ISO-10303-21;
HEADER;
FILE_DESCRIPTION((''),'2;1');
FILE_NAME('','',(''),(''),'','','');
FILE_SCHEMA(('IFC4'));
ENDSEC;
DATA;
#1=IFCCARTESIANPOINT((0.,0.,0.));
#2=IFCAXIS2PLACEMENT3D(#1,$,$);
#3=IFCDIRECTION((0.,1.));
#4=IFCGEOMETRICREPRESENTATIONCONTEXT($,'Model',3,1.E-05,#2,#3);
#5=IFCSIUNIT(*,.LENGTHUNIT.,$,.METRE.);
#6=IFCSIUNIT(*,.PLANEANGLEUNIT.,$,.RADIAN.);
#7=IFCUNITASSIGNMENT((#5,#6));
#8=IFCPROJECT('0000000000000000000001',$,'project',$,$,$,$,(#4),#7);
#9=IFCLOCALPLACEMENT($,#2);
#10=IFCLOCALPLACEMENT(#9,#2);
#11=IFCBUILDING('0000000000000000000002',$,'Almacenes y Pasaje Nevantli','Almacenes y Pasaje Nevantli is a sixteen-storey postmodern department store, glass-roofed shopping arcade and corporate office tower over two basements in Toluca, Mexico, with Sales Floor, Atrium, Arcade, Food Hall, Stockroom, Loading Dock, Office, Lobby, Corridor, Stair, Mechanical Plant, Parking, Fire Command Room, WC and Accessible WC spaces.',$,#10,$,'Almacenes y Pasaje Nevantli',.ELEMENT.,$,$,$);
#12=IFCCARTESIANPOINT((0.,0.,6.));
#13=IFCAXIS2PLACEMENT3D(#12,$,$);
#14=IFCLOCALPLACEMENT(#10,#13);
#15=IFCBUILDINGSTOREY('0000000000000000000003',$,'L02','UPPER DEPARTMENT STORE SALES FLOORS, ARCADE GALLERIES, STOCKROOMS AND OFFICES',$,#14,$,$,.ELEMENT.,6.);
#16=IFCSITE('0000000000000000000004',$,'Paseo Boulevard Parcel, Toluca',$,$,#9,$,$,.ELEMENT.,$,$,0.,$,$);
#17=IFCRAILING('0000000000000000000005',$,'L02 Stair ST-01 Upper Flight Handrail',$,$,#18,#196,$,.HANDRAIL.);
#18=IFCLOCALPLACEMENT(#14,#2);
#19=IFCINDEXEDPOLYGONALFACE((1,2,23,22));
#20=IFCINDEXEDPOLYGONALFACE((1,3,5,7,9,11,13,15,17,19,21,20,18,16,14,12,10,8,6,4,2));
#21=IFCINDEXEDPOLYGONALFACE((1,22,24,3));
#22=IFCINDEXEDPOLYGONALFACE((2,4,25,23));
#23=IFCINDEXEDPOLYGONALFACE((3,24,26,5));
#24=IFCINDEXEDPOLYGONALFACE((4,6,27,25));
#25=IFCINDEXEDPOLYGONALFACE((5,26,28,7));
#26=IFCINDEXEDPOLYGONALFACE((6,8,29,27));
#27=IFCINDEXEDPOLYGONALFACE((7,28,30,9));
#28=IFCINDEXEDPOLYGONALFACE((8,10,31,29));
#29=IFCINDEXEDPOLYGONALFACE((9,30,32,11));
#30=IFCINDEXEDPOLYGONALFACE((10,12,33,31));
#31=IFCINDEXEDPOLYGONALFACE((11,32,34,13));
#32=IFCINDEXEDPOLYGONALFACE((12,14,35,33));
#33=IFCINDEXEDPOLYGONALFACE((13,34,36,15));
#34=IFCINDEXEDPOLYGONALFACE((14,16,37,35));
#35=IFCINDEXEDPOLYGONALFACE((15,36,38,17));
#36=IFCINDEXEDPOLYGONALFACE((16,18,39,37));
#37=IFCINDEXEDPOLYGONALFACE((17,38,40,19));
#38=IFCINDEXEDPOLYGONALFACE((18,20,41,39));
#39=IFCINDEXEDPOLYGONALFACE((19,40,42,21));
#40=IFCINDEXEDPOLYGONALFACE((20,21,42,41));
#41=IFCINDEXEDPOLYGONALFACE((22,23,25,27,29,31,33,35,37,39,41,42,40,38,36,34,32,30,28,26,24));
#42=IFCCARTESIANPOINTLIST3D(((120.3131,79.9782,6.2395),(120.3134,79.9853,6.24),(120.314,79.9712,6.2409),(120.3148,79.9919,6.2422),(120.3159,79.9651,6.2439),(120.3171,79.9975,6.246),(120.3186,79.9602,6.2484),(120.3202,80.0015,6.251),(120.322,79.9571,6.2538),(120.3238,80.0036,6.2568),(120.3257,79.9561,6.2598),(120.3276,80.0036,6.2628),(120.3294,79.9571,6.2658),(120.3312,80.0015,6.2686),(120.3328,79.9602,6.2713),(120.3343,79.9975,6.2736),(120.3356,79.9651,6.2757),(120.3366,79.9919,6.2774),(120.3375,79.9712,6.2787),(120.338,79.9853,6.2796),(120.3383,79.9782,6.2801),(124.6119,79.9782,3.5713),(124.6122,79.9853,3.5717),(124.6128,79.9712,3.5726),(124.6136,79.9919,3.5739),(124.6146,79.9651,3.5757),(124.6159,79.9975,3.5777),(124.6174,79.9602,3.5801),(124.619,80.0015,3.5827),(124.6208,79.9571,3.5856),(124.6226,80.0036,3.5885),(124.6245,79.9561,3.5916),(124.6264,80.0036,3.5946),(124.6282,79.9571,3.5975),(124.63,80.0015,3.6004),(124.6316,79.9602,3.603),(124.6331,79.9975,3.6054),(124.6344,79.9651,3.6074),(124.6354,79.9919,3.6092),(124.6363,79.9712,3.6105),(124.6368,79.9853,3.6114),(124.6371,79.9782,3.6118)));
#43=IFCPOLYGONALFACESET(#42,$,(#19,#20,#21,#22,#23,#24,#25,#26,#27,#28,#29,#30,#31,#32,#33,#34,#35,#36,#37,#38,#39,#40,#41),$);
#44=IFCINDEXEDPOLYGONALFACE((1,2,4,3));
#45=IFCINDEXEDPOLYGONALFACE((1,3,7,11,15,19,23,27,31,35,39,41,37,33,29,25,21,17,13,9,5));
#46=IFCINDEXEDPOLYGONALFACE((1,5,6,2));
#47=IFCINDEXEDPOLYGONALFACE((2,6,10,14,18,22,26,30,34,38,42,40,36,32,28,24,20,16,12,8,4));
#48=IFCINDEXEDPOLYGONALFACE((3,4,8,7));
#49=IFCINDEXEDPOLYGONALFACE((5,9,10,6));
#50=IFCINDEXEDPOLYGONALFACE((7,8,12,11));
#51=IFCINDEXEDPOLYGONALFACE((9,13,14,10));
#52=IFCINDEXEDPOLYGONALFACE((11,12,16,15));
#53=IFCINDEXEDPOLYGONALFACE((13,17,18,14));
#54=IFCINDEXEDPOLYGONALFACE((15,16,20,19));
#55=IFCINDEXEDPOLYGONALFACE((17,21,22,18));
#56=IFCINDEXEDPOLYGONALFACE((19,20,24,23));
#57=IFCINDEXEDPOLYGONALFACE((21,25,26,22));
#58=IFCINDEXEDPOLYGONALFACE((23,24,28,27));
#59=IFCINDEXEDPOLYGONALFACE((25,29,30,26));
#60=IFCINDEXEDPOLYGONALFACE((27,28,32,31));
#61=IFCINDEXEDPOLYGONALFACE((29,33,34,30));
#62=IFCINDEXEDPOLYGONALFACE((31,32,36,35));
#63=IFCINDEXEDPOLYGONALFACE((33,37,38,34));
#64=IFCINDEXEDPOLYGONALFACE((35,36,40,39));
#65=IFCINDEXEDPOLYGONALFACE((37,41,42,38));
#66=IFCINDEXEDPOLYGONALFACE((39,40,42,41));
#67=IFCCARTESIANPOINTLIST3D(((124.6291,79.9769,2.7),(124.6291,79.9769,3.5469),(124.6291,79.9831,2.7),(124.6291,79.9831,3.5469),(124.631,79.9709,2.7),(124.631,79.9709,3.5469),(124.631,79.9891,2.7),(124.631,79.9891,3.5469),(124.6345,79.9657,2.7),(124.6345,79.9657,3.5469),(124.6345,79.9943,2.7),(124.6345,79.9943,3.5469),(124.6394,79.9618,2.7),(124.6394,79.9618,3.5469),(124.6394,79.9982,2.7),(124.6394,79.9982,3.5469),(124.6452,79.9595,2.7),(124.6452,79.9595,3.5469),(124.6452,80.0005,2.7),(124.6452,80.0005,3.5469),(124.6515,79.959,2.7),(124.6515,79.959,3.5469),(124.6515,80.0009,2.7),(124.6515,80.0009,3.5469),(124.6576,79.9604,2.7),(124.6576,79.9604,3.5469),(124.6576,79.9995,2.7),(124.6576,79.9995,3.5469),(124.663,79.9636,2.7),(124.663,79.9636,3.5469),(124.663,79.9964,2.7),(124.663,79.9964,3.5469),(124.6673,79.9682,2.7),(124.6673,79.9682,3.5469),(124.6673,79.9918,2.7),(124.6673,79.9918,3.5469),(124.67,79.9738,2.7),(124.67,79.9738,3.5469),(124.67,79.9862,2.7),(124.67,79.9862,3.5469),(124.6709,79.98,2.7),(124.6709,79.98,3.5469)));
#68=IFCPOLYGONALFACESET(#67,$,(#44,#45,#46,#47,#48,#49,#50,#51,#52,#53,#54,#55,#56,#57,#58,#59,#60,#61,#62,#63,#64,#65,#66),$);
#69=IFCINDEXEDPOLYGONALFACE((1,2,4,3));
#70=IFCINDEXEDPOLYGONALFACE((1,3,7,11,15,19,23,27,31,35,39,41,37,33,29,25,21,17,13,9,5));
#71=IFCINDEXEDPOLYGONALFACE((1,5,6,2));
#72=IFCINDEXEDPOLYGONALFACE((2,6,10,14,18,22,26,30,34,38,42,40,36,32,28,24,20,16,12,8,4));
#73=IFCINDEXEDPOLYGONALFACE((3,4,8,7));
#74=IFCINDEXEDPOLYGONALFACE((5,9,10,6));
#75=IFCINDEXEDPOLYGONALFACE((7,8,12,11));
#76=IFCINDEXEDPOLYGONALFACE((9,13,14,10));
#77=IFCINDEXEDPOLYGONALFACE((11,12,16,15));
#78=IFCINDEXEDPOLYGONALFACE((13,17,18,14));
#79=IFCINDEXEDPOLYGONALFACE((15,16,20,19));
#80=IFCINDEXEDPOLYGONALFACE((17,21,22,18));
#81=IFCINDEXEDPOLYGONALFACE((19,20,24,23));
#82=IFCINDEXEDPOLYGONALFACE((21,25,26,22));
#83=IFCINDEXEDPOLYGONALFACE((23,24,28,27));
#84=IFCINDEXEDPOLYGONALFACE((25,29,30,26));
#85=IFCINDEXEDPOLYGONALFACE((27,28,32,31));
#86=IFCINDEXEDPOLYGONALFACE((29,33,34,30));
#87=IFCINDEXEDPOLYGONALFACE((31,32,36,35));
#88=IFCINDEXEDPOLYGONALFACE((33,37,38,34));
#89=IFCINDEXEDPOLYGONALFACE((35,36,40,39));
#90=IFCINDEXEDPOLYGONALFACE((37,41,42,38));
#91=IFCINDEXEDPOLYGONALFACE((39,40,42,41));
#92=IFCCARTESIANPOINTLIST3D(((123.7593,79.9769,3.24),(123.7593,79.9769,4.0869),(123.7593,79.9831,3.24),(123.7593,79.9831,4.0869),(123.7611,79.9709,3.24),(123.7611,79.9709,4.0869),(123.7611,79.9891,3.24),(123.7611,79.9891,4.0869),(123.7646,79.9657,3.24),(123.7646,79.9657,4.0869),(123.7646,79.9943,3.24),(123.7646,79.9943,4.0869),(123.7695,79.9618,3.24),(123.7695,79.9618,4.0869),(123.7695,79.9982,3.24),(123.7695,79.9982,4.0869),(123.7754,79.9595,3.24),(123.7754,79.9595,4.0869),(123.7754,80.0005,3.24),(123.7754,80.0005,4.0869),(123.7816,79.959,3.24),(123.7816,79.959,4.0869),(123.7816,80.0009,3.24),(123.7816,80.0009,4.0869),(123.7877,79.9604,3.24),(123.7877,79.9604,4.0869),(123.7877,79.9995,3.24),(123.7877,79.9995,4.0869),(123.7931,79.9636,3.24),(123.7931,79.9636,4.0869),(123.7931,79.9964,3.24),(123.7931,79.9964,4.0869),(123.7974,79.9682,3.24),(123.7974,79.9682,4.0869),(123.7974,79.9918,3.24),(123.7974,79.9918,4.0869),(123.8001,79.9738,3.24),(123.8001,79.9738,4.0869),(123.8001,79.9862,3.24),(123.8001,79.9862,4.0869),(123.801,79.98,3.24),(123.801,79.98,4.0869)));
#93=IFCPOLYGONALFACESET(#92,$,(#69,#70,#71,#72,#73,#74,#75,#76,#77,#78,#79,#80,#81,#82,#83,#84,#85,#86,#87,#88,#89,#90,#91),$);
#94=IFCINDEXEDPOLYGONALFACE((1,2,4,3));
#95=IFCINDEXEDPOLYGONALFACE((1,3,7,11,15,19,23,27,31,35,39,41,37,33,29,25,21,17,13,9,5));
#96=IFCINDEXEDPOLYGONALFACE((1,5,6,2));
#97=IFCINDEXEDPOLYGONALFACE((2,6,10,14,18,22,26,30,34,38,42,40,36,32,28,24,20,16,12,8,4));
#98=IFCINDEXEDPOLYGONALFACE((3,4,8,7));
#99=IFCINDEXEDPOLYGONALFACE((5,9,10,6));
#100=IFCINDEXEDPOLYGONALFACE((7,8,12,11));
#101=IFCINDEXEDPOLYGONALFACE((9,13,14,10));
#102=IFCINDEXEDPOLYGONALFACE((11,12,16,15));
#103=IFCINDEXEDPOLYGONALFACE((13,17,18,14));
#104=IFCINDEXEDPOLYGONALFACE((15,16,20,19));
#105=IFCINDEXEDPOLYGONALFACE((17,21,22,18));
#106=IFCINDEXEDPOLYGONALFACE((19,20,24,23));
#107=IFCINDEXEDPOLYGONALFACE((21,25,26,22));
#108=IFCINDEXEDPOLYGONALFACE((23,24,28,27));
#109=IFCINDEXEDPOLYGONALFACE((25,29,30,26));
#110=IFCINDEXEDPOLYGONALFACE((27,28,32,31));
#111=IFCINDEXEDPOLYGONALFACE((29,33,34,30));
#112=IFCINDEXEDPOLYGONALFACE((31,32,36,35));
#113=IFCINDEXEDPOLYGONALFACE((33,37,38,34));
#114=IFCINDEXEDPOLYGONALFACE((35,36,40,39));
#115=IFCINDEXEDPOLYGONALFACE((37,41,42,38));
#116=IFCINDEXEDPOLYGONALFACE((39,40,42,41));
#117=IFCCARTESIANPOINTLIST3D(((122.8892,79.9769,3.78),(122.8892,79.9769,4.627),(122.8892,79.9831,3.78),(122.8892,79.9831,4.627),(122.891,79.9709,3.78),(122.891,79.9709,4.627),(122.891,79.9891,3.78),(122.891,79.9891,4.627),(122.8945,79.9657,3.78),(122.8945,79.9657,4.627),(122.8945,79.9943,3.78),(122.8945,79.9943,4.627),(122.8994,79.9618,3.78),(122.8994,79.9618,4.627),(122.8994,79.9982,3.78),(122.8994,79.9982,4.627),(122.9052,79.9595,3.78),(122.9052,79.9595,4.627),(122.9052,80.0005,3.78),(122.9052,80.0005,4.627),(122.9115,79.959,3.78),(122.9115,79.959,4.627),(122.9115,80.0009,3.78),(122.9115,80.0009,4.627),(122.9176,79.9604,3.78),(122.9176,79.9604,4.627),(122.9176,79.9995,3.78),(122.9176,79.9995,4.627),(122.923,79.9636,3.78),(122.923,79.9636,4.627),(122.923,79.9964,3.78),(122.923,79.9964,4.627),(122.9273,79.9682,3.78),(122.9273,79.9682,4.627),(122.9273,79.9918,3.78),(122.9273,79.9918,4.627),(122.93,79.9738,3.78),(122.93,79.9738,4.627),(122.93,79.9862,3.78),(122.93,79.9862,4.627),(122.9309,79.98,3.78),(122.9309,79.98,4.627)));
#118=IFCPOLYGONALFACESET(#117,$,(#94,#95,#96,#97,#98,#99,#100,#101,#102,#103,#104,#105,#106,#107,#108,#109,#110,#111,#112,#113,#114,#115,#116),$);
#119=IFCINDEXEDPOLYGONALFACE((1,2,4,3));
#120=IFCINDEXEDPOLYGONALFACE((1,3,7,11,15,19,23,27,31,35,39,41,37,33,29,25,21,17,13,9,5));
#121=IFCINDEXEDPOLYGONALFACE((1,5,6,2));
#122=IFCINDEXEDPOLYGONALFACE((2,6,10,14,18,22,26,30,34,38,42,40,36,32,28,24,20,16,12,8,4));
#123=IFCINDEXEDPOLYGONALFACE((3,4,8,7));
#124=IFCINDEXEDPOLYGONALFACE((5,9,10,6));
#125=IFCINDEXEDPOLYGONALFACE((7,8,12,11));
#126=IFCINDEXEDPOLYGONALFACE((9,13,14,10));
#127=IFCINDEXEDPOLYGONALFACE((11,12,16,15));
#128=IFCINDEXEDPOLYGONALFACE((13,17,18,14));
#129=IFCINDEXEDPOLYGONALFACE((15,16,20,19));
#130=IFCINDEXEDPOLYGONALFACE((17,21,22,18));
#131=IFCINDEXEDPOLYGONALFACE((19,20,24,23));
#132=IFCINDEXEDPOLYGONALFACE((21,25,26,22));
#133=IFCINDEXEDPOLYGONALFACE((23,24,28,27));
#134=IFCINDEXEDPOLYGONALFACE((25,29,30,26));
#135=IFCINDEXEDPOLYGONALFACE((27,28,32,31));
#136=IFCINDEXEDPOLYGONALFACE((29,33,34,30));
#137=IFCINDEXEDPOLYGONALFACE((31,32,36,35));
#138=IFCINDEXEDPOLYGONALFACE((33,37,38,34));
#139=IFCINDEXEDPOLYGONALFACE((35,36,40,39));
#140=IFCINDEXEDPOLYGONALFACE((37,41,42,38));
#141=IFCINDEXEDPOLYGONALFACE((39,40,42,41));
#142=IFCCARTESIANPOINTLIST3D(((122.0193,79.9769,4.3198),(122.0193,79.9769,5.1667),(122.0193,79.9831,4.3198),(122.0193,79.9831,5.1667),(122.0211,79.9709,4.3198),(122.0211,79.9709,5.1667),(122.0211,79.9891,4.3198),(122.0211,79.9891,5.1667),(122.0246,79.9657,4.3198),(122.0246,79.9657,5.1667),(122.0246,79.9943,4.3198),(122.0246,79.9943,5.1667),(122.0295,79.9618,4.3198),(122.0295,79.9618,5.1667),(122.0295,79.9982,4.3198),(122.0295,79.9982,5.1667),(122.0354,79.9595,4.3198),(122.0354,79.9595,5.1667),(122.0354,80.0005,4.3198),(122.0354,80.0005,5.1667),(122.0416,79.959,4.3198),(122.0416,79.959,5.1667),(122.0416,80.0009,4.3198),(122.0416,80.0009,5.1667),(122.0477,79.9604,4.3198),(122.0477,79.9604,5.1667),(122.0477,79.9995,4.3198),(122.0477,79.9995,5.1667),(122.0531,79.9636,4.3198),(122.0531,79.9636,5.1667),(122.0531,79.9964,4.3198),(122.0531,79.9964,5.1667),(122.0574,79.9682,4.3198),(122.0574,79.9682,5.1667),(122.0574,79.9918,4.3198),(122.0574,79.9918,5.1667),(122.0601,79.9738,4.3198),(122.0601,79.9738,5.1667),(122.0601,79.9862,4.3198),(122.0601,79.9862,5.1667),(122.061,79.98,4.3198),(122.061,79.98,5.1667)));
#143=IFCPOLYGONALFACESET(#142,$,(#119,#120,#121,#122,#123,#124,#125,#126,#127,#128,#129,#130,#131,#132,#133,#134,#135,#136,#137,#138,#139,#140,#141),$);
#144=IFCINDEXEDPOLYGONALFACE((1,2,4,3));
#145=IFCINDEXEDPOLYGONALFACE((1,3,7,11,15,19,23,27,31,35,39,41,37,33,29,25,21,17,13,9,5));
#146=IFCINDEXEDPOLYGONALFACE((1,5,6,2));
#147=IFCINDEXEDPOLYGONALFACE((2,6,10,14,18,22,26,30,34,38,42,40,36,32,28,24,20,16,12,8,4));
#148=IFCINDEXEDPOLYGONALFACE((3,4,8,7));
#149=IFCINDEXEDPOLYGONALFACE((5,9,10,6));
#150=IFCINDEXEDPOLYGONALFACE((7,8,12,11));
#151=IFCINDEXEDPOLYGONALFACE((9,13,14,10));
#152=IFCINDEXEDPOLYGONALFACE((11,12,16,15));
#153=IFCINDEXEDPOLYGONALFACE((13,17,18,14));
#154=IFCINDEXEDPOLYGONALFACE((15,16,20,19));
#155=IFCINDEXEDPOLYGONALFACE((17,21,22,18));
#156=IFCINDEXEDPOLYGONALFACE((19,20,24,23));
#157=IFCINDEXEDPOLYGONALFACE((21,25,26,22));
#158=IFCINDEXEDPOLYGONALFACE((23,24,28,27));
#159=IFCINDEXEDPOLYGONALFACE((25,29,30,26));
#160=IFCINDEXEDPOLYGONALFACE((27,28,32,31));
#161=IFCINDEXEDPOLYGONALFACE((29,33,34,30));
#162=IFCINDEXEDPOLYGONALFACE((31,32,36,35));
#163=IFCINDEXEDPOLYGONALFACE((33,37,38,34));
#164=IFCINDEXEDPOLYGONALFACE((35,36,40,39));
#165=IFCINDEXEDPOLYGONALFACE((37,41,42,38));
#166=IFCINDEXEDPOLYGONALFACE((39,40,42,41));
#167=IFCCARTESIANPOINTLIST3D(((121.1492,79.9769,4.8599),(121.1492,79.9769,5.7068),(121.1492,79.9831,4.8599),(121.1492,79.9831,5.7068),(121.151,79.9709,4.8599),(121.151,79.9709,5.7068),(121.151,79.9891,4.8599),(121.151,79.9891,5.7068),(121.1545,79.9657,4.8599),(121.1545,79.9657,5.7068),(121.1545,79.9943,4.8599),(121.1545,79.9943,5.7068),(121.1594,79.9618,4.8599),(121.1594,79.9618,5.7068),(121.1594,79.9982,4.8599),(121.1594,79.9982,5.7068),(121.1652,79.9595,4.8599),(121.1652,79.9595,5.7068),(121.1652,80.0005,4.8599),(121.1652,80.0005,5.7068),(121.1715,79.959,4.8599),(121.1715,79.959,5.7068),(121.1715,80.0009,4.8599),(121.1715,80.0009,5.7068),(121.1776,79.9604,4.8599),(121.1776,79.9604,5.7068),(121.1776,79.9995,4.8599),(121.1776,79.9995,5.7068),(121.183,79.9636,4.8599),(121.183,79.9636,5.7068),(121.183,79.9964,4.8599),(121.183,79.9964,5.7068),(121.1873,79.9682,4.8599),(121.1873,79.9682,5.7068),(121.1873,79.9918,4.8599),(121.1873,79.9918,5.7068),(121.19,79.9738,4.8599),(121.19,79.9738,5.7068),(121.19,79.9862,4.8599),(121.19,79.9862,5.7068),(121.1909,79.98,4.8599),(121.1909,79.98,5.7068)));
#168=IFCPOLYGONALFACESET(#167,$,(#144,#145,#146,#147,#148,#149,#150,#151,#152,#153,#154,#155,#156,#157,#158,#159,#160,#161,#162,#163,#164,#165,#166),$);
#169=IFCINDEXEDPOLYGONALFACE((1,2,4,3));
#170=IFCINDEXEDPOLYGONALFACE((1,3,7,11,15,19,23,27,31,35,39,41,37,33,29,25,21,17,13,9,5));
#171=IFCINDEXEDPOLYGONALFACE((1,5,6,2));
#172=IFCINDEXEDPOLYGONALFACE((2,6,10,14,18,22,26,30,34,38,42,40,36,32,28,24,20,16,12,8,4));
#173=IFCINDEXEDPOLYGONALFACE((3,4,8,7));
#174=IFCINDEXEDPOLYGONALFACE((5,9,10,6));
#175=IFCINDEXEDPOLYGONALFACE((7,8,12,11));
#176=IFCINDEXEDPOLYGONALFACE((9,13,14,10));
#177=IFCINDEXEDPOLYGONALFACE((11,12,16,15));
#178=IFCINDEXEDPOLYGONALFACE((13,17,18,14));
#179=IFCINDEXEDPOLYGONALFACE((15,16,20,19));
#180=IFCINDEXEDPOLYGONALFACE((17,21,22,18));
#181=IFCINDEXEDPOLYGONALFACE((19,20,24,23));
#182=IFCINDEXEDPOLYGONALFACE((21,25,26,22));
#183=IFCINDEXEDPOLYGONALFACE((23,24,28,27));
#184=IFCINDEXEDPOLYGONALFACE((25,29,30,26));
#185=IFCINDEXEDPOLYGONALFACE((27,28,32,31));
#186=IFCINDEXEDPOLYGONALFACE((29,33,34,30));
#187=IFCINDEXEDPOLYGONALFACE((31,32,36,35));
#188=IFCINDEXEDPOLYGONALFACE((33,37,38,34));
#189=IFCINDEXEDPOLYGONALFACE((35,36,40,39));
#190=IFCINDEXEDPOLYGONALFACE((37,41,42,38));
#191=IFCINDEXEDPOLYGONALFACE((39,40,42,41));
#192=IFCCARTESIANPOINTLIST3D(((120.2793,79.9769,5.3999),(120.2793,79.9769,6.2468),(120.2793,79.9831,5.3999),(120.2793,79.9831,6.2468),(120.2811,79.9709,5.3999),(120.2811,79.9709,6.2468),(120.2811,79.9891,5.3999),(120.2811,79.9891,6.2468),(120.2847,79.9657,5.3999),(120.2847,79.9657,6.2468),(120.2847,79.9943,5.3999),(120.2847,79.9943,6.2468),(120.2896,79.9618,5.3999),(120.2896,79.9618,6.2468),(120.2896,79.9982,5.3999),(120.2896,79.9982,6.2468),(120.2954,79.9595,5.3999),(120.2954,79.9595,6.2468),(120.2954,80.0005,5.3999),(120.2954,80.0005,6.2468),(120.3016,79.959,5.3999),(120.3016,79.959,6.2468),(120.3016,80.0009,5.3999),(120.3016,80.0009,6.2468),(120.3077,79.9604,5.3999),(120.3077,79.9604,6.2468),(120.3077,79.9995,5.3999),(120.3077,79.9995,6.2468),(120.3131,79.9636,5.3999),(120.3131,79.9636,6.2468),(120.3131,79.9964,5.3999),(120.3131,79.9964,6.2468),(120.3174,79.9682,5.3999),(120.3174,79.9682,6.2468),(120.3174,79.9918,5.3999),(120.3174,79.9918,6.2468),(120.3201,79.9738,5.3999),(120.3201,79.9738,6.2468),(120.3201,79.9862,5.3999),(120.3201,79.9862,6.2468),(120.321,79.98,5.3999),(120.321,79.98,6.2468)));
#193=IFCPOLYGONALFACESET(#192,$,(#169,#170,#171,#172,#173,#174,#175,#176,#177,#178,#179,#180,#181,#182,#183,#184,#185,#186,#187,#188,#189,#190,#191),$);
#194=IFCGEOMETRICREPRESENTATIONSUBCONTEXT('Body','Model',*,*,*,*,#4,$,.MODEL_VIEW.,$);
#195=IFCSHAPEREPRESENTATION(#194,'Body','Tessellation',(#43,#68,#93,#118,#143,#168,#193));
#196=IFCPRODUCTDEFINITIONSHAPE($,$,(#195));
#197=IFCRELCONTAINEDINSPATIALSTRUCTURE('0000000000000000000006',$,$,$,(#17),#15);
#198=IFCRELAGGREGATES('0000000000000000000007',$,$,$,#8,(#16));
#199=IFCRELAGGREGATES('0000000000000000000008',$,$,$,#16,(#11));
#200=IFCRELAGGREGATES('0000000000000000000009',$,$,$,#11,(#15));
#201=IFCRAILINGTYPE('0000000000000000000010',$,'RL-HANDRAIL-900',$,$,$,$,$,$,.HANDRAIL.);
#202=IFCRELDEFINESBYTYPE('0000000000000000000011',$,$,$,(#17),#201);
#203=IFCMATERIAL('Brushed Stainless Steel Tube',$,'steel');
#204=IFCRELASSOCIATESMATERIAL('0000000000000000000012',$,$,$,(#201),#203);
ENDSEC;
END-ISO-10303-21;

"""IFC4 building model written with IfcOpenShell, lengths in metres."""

from ifc_helpers import new_model, si_unit, direction, frame, origin, origin_2d, place, context, subcontext, project, spatial, circle, extrude, material, type_object, element, save


model = new_model("IFC4")

# Units and contexts
model_context = context("Model", 3, precision=1e-05, world=origin(), true_north=direction((0.0, 1.0)))
body_context = subcontext(model_context, "Body", "Model", "MODEL_VIEW")
ifc_project = project(units=[si_unit("LENGTHUNIT", "METRE"), si_unit("PLANEANGLEUNIT", "RADIAN")], contexts=[model_context])

# Site, building, storey
site_placement = place(None, origin())
site = spatial("IfcSite", under=ifc_project, at=site_placement, Name="Paseo Boulevard Parcel, Toluca", CompositionType="ELEMENT", RefElevation=0.0)
building_placement = place(site_placement, origin())
building = spatial("IfcBuilding", under=site, at=building_placement, Name="Almacenes y Pasaje Nevantli", Description="Almacenes y Pasaje Nevantli is a sixteen-storey postmodern department store, glass-roofed shopping arcade and corporate office tower over two basements in Toluca, Mexico, with Sales Floor, Atrium, Arcade, Food Hall, Stockroom, Loading Dock, Office, Lobby, Corridor, Stair, Mechanical Plant, Parking, Fire Command Room, WC and Accessible WC spaces.", LongName="Almacenes y Pasaje Nevantli", CompositionType="ELEMENT")
storey_placement = place(building_placement, frame((0.0, 0.0, 6.0)))
storey = spatial("IfcBuildingStorey", under=building, at=storey_placement, Name="L02", Description="UPPER DEPARTMENT STORE SALES FLOORS, ARCADE GALLERIES, STOCKROOMS AND OFFICES", CompositionType="ELEMENT", Elevation=6.0)

# Railing
ifc_material_1 = material(Name="Brushed Stainless Steel Tube", Category="steel")
railing_type_1 = type_object("IfcRailingType", Name="RL-HANDRAIL-900", PredefinedType="HANDRAIL", material=ifc_material_1)
railing_1_placement = place(storey_placement, frame((124.6499, 79.98, 2.7)))
element("IfcRailing", 1, at=railing_1_placement, inside=storey, type_object=railing_type_1, Name="L02 Stair ST-01 Upper Flight Handrail", PredefinedType="HANDRAIL", context=body_context, shape_type="SweptSolid", body=[
    extrude(circle(Radius=0.0239, at=origin_2d()), frame((-0.0254, 0.0, 0.8916), z_axis=(-0.849636, 0.0, 0.527369), x_axis=(0.0, -1.0, 0.0)), (0.0, 0.0, 1.0), 5.0596),
    extrude(circle(Radius=0.021, at=origin_2d()), origin(), (0.0, 0.0, 1.0), 0.8469),
    extrude(circle(Radius=0.021, at=origin_2d()), frame((-0.8699, 0.0, 0.54)), (0.0, 0.0, 1.0), 0.8469),
    extrude(circle(Radius=0.021, at=origin_2d()), frame((-1.74, 0.0, 1.0801)), (0.0, 0.0, 1.0), 0.8469),
    extrude(circle(Radius=0.021, at=origin_2d()), frame((-2.6099, 0.0, 1.6199)), (0.0, 0.0, 1.0), 0.8469),
    extrude(circle(Radius=0.021, at=origin_2d()), frame((-3.48, 0.0, 2.1599)), (0.0, 0.0, 1.0), 0.8469),
    extrude(circle(Radius=0.021, at=origin_2d()), frame((-4.3499, 0.0, 2.7)), (0.0, 0.0, 1.0), 0.8469),
])

save(model, "model.ifc")
